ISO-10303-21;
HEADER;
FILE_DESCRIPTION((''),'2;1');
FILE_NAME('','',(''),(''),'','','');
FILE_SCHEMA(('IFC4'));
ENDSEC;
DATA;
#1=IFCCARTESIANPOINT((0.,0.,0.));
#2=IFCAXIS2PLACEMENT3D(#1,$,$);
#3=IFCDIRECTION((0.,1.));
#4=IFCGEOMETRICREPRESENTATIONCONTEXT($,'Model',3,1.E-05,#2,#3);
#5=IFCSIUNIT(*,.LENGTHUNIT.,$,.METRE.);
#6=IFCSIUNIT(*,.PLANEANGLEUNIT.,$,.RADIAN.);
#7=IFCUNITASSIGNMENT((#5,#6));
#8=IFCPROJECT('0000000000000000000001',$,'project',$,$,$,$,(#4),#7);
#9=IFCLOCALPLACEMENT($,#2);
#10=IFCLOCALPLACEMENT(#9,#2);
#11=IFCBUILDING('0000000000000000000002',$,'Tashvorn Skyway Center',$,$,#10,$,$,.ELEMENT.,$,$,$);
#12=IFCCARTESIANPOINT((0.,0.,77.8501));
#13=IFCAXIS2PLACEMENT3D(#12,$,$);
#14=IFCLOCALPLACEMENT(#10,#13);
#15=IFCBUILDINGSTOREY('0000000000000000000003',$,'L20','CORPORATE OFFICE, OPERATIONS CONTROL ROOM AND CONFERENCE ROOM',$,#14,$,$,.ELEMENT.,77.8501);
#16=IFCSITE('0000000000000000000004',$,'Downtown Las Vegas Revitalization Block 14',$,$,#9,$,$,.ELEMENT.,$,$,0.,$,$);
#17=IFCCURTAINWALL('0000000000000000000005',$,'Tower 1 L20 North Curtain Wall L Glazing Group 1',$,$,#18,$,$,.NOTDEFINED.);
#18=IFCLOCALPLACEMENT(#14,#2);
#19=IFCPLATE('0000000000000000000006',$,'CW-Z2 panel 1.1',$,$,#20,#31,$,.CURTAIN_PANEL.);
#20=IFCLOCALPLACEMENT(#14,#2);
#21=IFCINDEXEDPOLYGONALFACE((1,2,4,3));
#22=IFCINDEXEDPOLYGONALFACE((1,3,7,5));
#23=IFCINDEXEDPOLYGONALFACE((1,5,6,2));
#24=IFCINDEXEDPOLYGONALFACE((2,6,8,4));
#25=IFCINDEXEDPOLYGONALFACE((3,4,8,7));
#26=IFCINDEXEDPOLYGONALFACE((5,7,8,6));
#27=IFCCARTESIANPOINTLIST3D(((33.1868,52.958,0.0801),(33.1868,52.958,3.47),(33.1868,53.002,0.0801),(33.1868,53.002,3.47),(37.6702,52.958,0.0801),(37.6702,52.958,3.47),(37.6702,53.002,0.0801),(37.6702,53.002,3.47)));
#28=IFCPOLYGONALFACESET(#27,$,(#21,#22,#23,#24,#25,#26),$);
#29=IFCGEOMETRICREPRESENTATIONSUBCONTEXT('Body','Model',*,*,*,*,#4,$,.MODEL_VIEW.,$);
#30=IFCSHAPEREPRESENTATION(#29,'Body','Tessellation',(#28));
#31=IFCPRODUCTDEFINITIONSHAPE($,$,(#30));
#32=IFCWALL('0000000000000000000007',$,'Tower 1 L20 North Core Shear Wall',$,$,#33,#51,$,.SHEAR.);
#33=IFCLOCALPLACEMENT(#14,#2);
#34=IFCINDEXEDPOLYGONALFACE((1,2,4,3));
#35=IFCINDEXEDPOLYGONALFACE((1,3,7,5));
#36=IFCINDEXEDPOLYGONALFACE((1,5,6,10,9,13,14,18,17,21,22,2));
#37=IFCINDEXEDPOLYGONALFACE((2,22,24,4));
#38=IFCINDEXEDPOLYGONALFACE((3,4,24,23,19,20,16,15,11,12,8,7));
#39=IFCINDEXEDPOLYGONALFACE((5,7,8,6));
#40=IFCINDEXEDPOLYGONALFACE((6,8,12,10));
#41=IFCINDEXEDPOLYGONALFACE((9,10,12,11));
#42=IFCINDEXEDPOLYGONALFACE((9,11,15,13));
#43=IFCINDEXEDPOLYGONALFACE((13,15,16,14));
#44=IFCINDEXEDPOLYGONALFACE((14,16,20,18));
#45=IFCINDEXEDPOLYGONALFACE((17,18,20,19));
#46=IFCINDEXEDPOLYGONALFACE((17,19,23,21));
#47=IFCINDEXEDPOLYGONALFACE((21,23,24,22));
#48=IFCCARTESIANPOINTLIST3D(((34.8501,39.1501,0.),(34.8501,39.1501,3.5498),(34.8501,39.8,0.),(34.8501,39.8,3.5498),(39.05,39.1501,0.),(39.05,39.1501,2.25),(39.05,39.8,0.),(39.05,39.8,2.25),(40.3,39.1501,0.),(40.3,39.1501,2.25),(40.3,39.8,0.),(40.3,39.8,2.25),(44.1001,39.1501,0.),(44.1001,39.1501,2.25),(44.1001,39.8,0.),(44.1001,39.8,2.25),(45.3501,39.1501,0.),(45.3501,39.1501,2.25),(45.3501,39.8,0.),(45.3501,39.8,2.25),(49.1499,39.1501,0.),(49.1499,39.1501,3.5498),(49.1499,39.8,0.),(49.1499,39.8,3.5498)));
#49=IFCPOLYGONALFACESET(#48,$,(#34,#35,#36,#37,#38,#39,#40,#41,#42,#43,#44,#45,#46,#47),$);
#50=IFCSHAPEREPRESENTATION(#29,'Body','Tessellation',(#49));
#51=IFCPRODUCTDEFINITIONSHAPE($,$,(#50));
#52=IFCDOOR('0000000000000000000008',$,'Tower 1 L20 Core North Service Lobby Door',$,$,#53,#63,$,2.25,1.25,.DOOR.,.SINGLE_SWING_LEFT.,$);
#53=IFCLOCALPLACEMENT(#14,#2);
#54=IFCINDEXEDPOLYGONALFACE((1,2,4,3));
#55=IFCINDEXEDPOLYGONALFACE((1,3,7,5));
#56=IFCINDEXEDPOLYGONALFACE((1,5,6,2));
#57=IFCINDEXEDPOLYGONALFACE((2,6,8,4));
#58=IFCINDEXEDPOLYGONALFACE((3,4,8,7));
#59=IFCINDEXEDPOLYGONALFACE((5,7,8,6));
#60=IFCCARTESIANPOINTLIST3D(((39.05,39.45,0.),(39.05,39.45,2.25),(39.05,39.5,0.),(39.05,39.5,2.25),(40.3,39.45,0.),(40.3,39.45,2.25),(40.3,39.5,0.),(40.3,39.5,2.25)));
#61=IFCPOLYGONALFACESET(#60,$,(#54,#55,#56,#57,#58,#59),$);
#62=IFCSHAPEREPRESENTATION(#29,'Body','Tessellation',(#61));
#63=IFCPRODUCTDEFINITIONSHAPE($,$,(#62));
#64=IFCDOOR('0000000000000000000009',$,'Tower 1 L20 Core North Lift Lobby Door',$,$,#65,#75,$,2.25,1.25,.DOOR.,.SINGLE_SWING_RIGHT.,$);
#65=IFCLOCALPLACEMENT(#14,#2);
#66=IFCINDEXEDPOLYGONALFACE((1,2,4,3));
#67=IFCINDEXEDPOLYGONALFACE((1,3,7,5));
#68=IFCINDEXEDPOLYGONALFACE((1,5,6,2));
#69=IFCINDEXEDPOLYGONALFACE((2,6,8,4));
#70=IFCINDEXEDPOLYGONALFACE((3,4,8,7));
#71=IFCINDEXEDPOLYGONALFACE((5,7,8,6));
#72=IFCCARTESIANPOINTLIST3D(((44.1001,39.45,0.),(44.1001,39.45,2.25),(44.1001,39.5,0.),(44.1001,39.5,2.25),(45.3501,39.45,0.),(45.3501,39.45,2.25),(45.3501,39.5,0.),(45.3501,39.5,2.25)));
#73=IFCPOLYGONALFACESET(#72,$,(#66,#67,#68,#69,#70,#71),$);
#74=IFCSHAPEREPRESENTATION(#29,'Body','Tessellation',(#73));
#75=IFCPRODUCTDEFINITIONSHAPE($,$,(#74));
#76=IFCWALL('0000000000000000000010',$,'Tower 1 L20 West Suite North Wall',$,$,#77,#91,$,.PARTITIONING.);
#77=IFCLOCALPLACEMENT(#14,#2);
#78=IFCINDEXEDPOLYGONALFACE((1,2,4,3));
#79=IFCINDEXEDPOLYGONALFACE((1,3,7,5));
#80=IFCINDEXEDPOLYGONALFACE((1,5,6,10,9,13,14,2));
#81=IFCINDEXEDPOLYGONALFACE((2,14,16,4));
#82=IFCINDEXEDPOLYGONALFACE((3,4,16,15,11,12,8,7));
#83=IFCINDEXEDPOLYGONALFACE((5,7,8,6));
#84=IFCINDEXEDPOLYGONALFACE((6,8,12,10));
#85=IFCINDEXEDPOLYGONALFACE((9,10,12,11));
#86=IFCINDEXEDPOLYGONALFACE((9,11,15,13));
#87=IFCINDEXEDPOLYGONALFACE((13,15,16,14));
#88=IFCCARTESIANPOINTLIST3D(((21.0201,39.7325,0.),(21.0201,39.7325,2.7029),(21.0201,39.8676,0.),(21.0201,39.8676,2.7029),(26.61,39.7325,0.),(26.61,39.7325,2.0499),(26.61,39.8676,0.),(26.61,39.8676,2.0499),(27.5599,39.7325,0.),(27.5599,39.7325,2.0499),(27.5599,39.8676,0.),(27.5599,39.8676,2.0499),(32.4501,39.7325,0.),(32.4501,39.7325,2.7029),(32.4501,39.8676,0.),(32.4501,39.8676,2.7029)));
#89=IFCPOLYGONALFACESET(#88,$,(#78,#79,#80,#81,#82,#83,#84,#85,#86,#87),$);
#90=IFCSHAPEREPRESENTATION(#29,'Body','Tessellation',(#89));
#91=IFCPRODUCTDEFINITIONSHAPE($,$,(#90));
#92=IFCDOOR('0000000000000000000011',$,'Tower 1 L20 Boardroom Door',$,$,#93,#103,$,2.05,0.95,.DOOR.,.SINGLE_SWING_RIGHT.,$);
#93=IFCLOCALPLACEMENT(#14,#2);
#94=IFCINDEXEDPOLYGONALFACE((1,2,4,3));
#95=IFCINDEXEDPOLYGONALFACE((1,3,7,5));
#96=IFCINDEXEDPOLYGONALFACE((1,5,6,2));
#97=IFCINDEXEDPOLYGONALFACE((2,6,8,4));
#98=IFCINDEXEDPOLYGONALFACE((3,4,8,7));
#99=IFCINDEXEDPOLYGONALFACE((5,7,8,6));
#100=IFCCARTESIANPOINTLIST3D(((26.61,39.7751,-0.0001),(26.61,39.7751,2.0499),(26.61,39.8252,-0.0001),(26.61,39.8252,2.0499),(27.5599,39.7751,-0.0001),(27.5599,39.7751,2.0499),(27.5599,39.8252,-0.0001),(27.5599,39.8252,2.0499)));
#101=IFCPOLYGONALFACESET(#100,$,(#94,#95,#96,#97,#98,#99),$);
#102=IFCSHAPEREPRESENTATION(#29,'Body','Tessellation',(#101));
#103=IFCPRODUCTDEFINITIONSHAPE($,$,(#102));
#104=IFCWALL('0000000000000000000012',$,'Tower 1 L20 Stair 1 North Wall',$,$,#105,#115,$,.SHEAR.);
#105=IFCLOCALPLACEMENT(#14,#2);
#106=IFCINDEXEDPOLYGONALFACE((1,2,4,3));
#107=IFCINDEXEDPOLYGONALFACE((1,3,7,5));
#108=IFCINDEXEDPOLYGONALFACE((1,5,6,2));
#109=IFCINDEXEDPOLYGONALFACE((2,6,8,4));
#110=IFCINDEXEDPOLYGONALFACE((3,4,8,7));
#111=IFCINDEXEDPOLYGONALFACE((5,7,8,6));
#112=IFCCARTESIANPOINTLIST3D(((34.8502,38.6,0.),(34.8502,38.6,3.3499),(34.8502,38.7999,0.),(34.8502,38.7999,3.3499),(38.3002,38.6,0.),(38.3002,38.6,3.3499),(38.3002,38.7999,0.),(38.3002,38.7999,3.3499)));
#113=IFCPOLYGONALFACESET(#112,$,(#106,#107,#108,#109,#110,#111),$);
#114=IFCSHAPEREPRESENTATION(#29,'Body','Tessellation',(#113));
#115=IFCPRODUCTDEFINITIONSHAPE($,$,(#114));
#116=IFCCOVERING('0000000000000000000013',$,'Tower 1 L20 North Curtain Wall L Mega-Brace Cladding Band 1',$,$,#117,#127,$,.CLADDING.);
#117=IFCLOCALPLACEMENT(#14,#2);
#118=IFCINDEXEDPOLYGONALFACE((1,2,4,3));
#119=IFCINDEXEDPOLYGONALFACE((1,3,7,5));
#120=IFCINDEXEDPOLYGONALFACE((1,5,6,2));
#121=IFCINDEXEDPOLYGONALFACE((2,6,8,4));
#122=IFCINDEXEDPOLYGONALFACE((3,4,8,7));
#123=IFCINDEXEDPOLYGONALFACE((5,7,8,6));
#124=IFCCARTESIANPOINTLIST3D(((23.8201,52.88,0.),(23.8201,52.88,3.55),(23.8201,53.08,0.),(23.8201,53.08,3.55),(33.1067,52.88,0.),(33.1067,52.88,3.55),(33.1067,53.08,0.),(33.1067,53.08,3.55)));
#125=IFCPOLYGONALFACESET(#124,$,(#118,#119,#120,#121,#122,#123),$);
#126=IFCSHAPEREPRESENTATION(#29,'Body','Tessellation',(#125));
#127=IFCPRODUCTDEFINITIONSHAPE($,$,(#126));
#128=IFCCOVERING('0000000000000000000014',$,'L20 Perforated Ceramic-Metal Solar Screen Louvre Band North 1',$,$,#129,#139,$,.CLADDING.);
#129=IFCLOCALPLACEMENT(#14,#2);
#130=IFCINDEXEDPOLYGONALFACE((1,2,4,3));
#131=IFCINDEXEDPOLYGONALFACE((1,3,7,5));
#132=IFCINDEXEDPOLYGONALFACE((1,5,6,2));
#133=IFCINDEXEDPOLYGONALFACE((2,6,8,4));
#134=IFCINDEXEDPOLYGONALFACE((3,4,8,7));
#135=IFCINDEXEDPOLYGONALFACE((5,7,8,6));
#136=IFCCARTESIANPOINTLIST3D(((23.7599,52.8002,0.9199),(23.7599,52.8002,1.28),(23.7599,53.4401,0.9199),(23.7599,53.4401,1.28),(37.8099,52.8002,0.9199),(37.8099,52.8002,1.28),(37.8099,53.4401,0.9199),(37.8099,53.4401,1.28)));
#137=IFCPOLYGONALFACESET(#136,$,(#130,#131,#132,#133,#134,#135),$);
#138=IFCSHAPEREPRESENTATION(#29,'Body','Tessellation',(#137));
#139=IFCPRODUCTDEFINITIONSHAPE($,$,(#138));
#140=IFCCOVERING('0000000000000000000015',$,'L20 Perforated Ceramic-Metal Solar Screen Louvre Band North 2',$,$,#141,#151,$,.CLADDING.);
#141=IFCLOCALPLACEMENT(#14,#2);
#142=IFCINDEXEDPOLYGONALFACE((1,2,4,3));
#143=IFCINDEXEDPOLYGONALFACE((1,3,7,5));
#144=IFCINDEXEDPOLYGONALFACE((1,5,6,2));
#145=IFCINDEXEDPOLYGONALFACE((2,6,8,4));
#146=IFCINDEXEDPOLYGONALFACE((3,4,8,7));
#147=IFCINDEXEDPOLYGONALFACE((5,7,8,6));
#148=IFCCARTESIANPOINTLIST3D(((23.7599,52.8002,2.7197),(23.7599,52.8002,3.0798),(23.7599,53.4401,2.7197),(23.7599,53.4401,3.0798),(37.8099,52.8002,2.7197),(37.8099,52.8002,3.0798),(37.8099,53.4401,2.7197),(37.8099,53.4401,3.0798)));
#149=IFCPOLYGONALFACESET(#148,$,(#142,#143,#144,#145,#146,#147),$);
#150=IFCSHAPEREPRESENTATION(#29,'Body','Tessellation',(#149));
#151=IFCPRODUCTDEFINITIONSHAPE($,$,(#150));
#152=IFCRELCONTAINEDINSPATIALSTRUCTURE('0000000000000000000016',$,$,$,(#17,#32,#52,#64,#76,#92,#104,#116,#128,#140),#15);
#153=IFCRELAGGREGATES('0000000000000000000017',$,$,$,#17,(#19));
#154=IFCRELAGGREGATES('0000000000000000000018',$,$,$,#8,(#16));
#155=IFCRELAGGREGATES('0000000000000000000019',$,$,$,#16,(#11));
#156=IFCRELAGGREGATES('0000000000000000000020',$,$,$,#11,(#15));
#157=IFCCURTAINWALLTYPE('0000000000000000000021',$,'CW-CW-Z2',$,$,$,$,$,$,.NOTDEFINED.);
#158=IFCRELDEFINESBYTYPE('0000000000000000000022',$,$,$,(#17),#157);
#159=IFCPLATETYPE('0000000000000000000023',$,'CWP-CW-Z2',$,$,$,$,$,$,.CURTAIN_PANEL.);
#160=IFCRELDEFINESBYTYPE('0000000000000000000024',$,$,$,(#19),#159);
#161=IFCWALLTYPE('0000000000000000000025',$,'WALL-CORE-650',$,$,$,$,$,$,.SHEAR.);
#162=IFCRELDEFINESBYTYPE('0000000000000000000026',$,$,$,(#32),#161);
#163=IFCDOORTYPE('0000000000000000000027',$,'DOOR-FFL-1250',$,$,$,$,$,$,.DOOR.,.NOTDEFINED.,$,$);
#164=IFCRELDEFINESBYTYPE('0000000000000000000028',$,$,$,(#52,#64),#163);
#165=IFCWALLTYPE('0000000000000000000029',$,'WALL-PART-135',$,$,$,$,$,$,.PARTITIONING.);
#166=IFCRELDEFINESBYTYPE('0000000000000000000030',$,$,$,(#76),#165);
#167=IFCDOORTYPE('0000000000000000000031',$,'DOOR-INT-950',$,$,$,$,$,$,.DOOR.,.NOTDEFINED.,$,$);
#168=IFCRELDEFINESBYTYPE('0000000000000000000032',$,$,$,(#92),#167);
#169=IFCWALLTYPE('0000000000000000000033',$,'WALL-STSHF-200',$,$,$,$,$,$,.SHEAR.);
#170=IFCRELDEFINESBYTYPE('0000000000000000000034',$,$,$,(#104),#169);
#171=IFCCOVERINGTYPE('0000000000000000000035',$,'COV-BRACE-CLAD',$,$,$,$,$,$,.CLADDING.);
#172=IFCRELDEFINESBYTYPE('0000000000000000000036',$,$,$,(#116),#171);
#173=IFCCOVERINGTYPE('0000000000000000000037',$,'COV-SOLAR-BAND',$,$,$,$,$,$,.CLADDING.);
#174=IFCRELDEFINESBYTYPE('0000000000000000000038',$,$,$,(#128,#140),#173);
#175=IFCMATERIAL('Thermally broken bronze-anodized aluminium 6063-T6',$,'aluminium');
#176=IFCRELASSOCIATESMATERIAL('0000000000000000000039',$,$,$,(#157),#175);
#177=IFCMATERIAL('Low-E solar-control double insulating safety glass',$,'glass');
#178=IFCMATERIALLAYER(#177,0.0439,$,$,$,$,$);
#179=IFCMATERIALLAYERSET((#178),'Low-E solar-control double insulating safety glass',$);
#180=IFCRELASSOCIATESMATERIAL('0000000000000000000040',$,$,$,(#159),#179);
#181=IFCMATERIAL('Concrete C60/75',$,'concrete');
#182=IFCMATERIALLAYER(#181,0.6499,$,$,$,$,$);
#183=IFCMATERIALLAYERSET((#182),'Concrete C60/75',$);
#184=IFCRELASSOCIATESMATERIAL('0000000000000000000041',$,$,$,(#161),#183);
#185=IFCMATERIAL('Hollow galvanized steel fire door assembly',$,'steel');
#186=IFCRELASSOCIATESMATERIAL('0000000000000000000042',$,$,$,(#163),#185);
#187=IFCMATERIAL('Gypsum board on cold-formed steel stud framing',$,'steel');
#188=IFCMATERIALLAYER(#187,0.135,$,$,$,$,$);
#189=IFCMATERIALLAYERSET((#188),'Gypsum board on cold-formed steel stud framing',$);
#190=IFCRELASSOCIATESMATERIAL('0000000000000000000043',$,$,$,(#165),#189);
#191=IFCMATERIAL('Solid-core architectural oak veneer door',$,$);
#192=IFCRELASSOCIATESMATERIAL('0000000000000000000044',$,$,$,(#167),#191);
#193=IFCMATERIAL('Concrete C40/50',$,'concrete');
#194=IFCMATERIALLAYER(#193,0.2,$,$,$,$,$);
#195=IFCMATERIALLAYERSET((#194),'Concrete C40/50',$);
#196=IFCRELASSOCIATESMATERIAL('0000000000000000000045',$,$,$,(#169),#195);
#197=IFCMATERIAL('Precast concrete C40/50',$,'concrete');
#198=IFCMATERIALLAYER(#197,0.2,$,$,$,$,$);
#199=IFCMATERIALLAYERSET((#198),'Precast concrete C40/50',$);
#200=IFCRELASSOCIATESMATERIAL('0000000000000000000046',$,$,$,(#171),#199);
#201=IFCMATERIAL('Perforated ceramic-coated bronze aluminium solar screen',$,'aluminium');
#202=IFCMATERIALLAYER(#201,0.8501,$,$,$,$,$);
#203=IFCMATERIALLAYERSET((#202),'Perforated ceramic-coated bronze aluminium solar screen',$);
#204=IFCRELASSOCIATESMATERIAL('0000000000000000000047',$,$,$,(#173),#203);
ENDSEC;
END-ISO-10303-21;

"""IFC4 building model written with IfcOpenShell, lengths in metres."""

from ifc_helpers import new_model, si_unit, direction, frame, frame_2d, origin, origin_2d, place, context, subcontext, project, spatial, rectangle, extrude, material, layer, layer_set, type_object, element, fill, aggregate, save


model = new_model("IFC4")

# Units and contexts
model_context = context("Model", 3, precision=1e-05, world=origin(), true_north=direction((0.0, 1.0)))
body_context = subcontext(model_context, "Body", "Model", "MODEL_VIEW")
ifc_project = project(units=[si_unit("LENGTHUNIT", "METRE"), si_unit("PLANEANGLEUNIT", "RADIAN")], contexts=[model_context])

# Site, building, storey
site_placement = place(None, origin())
site = spatial("IfcSite", under=ifc_project, at=site_placement, Name="Downtown Las Vegas Revitalization Block 14", CompositionType="ELEMENT", RefElevation=0.0)
building_placement = place(site_placement, origin())
building = spatial("IfcBuilding", under=site, at=building_placement, Name="Tashvorn Skyway Center", CompositionType="ELEMENT")
storey_placement = place(building_placement, frame((0.0, 0.0, 77.8501)))
storey = spatial("IfcBuildingStorey", under=building, at=storey_placement, Name="L20", Description="CORPORATE OFFICE, OPERATIONS CONTROL ROOM AND CONFERENCE ROOM", CompositionType="ELEMENT", Elevation=77.8501)

# Curtain wall, plate
ifc_material_1 = material(Name="Thermally broken bronze-anodized aluminium 6063-T6", Category="aluminium")
curtain_wall_type = type_object("IfcCurtainWallType", Name="CW-CW-Z2", PredefinedType="NOTDEFINED", material=ifc_material_1)
curtain_wall_placement = place(storey_placement, origin())
curtain_wall = element("IfcCurtainWall", 1, at=curtain_wall_placement, inside=storey, type_object=curtain_wall_type, Name="Tower 1 L20 North Curtain Wall L Glazing Group 1", PredefinedType="NOTDEFINED")
ifc_material_2 = material(Name="Low-E solar-control double insulating safety glass", Category="glass")
ifc_layer_1 = layer(ifc_material_2, 0.0439)
ifc_layer_set_1 = layer_set([ifc_layer_1], Name="Low-E solar-control double insulating safety glass")
plate_type = type_object("IfcPlateType", Name="CWP-CW-Z2", PredefinedType="CURTAIN_PANEL", material=ifc_layer_set_1)
plate_placement = place(storey_placement, frame((35.4285, 52.98, 0.0801), z_axis=(0.0, 0.0, 1.0), x_axis=(1.0, 0.0, 0.0)))
plate = element("IfcPlate", 2, at=plate_placement, type_object=plate_type, Name="CW-Z2 panel 1.1", PredefinedType="CURTAIN_PANEL", context=body_context, shape_type="SweptSolid", body=[
    extrude(rectangle(XDim=4.4834, YDim=0.0439, at=origin_2d()), origin(), (0.0, 0.0, 1.0), 3.3899),
])
aggregate(curtain_wall, [plate])

# Wall, openings, doors
ifc_material_3 = material(Name="Concrete C60/75", Category="concrete")
ifc_layer_2 = layer(ifc_material_3, 0.6499)
ifc_layer_set_2 = layer_set([ifc_layer_2], Name="Concrete C60/75")
wall_type_1 = type_object("IfcWallType", Name="WALL-CORE-650", PredefinedType="SHEAR", material=ifc_layer_set_2)
wall_1_placement = place(storey_placement, frame((34.8501, 39.4751, 0.0), z_axis=(0.0, 0.0, 1.0), x_axis=(1.0, 0.0, 0.0)))
wall_1 = element("IfcWall", 3, at=wall_1_placement, inside=storey, type_object=wall_type_1, Name="Tower 1 L20 North Core Shear Wall", PredefinedType="SHEAR", context=body_context, shape_type="SweptSolid", body=[
    extrude(rectangle(XDim=14.2998, YDim=0.6499, at=frame_2d((7.1499, 0.0))), origin(), (0.0, 0.0, 1.0), 3.5498),
])
opening_1_placement = place(wall_1_placement, frame((4.2, 0.0, 0.0)))
opening_1 = element("IfcOpeningElement", 4, at=opening_1_placement, cuts=wall_1, PredefinedType="OPENING", context=body_context, shape_type="SweptSolid", body=[
    extrude(rectangle(XDim=1.25, YDim=2.25, at=frame_2d((0.625, 1.125))), frame((0.0, 0.335, 0.0), z_axis=(0.0, -1.0, 0.0), x_axis=(1.0, 0.0, 0.0)), (0.0, 0.0, 1.0), 0.6699),
])
opening_2_placement = place(wall_1_placement, frame((9.25, 0.0, 0.0)))
opening_2 = element("IfcOpeningElement", 5, at=opening_2_placement, cuts=wall_1, PredefinedType="OPENING", context=body_context, shape_type="SweptSolid", body=[
    extrude(rectangle(XDim=1.25, YDim=2.25, at=frame_2d((0.625, 1.125))), frame((0.0, 0.335, 0.0), z_axis=(0.0, -1.0, 0.0), x_axis=(1.0, 0.0, 0.0)), (0.0, 0.0, 1.0), 0.6699),
])
ifc_material_4 = material(Name="Hollow galvanized steel fire door assembly", Category="steel")
door_type_1 = type_object("IfcDoorType", Name="DOOR-FFL-1250", OperationType="NOTDEFINED", PredefinedType="DOOR", material=ifc_material_4)
door_1_placement = place(opening_1_placement, origin())
door_1 = element("IfcDoor", 6, at=door_1_placement, inside=storey, type_object=door_type_1, Name="Tower 1 L20 Core North Service Lobby Door", OperationType="SINGLE_SWING_LEFT", OverallHeight=2.25, OverallWidth=1.25, PredefinedType="DOOR", context=body_context, shape_type="SweptSolid", body=[
    extrude(rectangle(XDim=1.25, YDim=2.25, at=frame_2d((0.625, 1.125))), frame((0.0, 0.0249, 0.0), z_axis=(0.0, -1.0, 0.0), x_axis=(1.0, 0.0, 0.0)), (0.0, 0.0, 1.0), 0.05),
])
fill(opening_1, door_1)
door_2_placement = place(opening_2_placement, origin())
door_2 = element("IfcDoor", 7, at=door_2_placement, inside=storey, type_object=door_type_1, Name="Tower 1 L20 Core North Lift Lobby Door", OperationType="SINGLE_SWING_RIGHT", OverallHeight=2.25, OverallWidth=1.25, PredefinedType="DOOR", context=body_context, shape_type="SweptSolid", body=[
    extrude(rectangle(XDim=1.25, YDim=2.25, at=frame_2d((0.625, 1.125))), frame((0.0, 0.0249, 0.0), z_axis=(0.0, -1.0, 0.0), x_axis=(1.0, 0.0, 0.0)), (0.0, 0.0, 1.0), 0.05),
])
fill(opening_2, door_2)

# Wall, opening, door
ifc_material_5 = material(Name="Gypsum board on cold-formed steel stud framing", Category="steel")
ifc_layer_3 = layer(ifc_material_5, 0.135)
ifc_layer_set_3 = layer_set([ifc_layer_3], Name="Gypsum board on cold-formed steel stud framing")
wall_type_2 = type_object("IfcWallType", Name="WALL-PART-135", PredefinedType="PARTITIONING", material=ifc_layer_set_3)
wall_2_placement = place(storey_placement, frame((32.45, 39.8, 0.0), z_axis=(0.0, 0.0, 1.0), x_axis=(-1.0, 0.0, 0.0)))
wall_2 = element("IfcWall", 8, at=wall_2_placement, inside=storey, type_object=wall_type_2, Name="Tower 1 L20 West Suite North Wall", PredefinedType="PARTITIONING", context=body_context, shape_type="SweptSolid", body=[
    extrude(rectangle(XDim=11.4299, YDim=0.135, at=frame_2d((5.7148, 0.0))), origin(), (0.0, 0.0, 1.0), 2.7029),
])
opening_3_placement = place(wall_2_placement, frame((4.8899, 0.0, 0.0)))
opening_3 = element("IfcOpeningElement", 9, at=opening_3_placement, cuts=wall_2, PredefinedType="OPENING", context=body_context, shape_type="SweptSolid", body=[
    extrude(rectangle(XDim=0.95, YDim=2.05, at=frame_2d((0.4751, 1.0249))), frame((0.0, 0.0774, 0.0), z_axis=(0.0, -1.0, 0.0), x_axis=(1.0, 0.0, 0.0)), (0.0, 0.0, 1.0), 0.155),
])
ifc_material_6 = material(Name="Solid-core architectural oak veneer door")
door_type_2 = type_object("IfcDoorType", Name="DOOR-INT-950", OperationType="NOTDEFINED", PredefinedType="DOOR", material=ifc_material_6)
door_3_placement = place(opening_3_placement, origin())
door_3 = element("IfcDoor", 10, at=door_3_placement, inside=storey, type_object=door_type_2, Name="Tower 1 L20 Boardroom Door", OperationType="SINGLE_SWING_RIGHT", OverallHeight=2.05, OverallWidth=0.95, PredefinedType="DOOR", context=body_context, shape_type="SweptSolid", body=[
    extrude(rectangle(XDim=0.95, YDim=2.05, at=frame_2d((0.4751, 1.0249))), frame((0.0, 0.0249, 0.0), z_axis=(0.0, -1.0, 0.0), x_axis=(1.0, 0.0, 0.0)), (0.0, 0.0, 1.0), 0.05),
])
fill(opening_3, door_3)

# Wall
ifc_material_7 = material(Name="Concrete C40/50", Category="concrete")
ifc_layer_4 = layer(ifc_material_7, 0.2)
ifc_layer_set_4 = layer_set([ifc_layer_4], Name="Concrete C40/50")
wall_type_3 = type_object("IfcWallType", Name="WALL-STSHF-200", PredefinedType="SHEAR", material=ifc_layer_set_4)
wall_3_placement = place(storey_placement, frame((34.8501, 38.7, 0.0), z_axis=(0.0, 0.0, 1.0), x_axis=(1.0, 0.0, 0.0)))
element("IfcWall", 11, at=wall_3_placement, inside=storey, type_object=wall_type_3, Name="Tower 1 L20 Stair 1 North Wall", PredefinedType="SHEAR", context=body_context, shape_type="SweptSolid", body=[
    extrude(rectangle(XDim=3.45, YDim=0.2, at=frame_2d((1.7251, 0.0))), origin(), (0.0, 0.0, 1.0), 3.3499),
])

# Coverings
ifc_material_8 = material(Name="Precast concrete C40/50", Category="concrete")
ifc_layer_5 = layer(ifc_material_8, 0.2)
ifc_layer_set_5 = layer_set([ifc_layer_5], Name="Precast concrete C40/50")
covering_type_1 = type_object("IfcCoveringType", Name="COV-BRACE-CLAD", PredefinedType="CLADDING", material=ifc_layer_set_5)
covering_placement = place(storey_placement, frame((28.4634, 52.98, 0.0), z_axis=(0.0, 0.0, 1.0), x_axis=(1.0, 0.0, 0.0)))
element("IfcCovering", 12, at=covering_placement, inside=storey, type_object=covering_type_1, Name="Tower 1 L20 North Curtain Wall L Mega-Brace Cladding Band 1", PredefinedType="CLADDING", context=body_context, shape_type="SweptSolid", body=[
    extrude(rectangle(XDim=9.2866, YDim=0.2, at=origin_2d()), origin(), (0.0, 0.0, 1.0), 3.55),
])
ifc_material_9 = material(Name="Perforated ceramic-coated bronze aluminium solar screen", Category="aluminium")
ifc_layer_6 = layer(ifc_material_9, 0.8501)
ifc_layer_set_6 = layer_set([ifc_layer_6], Name="Perforated ceramic-coated bronze aluminium solar screen")
covering_type_2 = type_object("IfcCoveringType", Name="COV-SOLAR-BAND", PredefinedType="CLADDING", material=ifc_layer_set_6)
for number, where, z_axis, x_axis, name in (
    (13, (30.7849, 53.1201, 0.9199), (0.0, 0.0, 1.0), (1.0, 0.0, 0.0), "L20 Perforated Ceramic-Metal Solar Screen Louvre Band North 1"),
    (14, (30.7849, 53.1201, 2.7197), (0.0, 0.0, 1.0), (1.0, 0.0, 0.0), "L20 Perforated Ceramic-Metal Solar Screen Louvre Band North 2"),
):
    element("IfcCovering", number, at=place(storey_placement, frame(where, z_axis=z_axis, x_axis=x_axis)), inside=storey, type_object=covering_type_2, Name=name, PredefinedType="CLADDING", context=body_context, shape_type="SweptSolid", body=[
        extrude(rectangle(XDim=14.05, YDim=0.6399, at=origin_2d()), origin(), (0.0, 0.0, 1.0), 0.3601),
    ])

save(model, "model.ifc")
